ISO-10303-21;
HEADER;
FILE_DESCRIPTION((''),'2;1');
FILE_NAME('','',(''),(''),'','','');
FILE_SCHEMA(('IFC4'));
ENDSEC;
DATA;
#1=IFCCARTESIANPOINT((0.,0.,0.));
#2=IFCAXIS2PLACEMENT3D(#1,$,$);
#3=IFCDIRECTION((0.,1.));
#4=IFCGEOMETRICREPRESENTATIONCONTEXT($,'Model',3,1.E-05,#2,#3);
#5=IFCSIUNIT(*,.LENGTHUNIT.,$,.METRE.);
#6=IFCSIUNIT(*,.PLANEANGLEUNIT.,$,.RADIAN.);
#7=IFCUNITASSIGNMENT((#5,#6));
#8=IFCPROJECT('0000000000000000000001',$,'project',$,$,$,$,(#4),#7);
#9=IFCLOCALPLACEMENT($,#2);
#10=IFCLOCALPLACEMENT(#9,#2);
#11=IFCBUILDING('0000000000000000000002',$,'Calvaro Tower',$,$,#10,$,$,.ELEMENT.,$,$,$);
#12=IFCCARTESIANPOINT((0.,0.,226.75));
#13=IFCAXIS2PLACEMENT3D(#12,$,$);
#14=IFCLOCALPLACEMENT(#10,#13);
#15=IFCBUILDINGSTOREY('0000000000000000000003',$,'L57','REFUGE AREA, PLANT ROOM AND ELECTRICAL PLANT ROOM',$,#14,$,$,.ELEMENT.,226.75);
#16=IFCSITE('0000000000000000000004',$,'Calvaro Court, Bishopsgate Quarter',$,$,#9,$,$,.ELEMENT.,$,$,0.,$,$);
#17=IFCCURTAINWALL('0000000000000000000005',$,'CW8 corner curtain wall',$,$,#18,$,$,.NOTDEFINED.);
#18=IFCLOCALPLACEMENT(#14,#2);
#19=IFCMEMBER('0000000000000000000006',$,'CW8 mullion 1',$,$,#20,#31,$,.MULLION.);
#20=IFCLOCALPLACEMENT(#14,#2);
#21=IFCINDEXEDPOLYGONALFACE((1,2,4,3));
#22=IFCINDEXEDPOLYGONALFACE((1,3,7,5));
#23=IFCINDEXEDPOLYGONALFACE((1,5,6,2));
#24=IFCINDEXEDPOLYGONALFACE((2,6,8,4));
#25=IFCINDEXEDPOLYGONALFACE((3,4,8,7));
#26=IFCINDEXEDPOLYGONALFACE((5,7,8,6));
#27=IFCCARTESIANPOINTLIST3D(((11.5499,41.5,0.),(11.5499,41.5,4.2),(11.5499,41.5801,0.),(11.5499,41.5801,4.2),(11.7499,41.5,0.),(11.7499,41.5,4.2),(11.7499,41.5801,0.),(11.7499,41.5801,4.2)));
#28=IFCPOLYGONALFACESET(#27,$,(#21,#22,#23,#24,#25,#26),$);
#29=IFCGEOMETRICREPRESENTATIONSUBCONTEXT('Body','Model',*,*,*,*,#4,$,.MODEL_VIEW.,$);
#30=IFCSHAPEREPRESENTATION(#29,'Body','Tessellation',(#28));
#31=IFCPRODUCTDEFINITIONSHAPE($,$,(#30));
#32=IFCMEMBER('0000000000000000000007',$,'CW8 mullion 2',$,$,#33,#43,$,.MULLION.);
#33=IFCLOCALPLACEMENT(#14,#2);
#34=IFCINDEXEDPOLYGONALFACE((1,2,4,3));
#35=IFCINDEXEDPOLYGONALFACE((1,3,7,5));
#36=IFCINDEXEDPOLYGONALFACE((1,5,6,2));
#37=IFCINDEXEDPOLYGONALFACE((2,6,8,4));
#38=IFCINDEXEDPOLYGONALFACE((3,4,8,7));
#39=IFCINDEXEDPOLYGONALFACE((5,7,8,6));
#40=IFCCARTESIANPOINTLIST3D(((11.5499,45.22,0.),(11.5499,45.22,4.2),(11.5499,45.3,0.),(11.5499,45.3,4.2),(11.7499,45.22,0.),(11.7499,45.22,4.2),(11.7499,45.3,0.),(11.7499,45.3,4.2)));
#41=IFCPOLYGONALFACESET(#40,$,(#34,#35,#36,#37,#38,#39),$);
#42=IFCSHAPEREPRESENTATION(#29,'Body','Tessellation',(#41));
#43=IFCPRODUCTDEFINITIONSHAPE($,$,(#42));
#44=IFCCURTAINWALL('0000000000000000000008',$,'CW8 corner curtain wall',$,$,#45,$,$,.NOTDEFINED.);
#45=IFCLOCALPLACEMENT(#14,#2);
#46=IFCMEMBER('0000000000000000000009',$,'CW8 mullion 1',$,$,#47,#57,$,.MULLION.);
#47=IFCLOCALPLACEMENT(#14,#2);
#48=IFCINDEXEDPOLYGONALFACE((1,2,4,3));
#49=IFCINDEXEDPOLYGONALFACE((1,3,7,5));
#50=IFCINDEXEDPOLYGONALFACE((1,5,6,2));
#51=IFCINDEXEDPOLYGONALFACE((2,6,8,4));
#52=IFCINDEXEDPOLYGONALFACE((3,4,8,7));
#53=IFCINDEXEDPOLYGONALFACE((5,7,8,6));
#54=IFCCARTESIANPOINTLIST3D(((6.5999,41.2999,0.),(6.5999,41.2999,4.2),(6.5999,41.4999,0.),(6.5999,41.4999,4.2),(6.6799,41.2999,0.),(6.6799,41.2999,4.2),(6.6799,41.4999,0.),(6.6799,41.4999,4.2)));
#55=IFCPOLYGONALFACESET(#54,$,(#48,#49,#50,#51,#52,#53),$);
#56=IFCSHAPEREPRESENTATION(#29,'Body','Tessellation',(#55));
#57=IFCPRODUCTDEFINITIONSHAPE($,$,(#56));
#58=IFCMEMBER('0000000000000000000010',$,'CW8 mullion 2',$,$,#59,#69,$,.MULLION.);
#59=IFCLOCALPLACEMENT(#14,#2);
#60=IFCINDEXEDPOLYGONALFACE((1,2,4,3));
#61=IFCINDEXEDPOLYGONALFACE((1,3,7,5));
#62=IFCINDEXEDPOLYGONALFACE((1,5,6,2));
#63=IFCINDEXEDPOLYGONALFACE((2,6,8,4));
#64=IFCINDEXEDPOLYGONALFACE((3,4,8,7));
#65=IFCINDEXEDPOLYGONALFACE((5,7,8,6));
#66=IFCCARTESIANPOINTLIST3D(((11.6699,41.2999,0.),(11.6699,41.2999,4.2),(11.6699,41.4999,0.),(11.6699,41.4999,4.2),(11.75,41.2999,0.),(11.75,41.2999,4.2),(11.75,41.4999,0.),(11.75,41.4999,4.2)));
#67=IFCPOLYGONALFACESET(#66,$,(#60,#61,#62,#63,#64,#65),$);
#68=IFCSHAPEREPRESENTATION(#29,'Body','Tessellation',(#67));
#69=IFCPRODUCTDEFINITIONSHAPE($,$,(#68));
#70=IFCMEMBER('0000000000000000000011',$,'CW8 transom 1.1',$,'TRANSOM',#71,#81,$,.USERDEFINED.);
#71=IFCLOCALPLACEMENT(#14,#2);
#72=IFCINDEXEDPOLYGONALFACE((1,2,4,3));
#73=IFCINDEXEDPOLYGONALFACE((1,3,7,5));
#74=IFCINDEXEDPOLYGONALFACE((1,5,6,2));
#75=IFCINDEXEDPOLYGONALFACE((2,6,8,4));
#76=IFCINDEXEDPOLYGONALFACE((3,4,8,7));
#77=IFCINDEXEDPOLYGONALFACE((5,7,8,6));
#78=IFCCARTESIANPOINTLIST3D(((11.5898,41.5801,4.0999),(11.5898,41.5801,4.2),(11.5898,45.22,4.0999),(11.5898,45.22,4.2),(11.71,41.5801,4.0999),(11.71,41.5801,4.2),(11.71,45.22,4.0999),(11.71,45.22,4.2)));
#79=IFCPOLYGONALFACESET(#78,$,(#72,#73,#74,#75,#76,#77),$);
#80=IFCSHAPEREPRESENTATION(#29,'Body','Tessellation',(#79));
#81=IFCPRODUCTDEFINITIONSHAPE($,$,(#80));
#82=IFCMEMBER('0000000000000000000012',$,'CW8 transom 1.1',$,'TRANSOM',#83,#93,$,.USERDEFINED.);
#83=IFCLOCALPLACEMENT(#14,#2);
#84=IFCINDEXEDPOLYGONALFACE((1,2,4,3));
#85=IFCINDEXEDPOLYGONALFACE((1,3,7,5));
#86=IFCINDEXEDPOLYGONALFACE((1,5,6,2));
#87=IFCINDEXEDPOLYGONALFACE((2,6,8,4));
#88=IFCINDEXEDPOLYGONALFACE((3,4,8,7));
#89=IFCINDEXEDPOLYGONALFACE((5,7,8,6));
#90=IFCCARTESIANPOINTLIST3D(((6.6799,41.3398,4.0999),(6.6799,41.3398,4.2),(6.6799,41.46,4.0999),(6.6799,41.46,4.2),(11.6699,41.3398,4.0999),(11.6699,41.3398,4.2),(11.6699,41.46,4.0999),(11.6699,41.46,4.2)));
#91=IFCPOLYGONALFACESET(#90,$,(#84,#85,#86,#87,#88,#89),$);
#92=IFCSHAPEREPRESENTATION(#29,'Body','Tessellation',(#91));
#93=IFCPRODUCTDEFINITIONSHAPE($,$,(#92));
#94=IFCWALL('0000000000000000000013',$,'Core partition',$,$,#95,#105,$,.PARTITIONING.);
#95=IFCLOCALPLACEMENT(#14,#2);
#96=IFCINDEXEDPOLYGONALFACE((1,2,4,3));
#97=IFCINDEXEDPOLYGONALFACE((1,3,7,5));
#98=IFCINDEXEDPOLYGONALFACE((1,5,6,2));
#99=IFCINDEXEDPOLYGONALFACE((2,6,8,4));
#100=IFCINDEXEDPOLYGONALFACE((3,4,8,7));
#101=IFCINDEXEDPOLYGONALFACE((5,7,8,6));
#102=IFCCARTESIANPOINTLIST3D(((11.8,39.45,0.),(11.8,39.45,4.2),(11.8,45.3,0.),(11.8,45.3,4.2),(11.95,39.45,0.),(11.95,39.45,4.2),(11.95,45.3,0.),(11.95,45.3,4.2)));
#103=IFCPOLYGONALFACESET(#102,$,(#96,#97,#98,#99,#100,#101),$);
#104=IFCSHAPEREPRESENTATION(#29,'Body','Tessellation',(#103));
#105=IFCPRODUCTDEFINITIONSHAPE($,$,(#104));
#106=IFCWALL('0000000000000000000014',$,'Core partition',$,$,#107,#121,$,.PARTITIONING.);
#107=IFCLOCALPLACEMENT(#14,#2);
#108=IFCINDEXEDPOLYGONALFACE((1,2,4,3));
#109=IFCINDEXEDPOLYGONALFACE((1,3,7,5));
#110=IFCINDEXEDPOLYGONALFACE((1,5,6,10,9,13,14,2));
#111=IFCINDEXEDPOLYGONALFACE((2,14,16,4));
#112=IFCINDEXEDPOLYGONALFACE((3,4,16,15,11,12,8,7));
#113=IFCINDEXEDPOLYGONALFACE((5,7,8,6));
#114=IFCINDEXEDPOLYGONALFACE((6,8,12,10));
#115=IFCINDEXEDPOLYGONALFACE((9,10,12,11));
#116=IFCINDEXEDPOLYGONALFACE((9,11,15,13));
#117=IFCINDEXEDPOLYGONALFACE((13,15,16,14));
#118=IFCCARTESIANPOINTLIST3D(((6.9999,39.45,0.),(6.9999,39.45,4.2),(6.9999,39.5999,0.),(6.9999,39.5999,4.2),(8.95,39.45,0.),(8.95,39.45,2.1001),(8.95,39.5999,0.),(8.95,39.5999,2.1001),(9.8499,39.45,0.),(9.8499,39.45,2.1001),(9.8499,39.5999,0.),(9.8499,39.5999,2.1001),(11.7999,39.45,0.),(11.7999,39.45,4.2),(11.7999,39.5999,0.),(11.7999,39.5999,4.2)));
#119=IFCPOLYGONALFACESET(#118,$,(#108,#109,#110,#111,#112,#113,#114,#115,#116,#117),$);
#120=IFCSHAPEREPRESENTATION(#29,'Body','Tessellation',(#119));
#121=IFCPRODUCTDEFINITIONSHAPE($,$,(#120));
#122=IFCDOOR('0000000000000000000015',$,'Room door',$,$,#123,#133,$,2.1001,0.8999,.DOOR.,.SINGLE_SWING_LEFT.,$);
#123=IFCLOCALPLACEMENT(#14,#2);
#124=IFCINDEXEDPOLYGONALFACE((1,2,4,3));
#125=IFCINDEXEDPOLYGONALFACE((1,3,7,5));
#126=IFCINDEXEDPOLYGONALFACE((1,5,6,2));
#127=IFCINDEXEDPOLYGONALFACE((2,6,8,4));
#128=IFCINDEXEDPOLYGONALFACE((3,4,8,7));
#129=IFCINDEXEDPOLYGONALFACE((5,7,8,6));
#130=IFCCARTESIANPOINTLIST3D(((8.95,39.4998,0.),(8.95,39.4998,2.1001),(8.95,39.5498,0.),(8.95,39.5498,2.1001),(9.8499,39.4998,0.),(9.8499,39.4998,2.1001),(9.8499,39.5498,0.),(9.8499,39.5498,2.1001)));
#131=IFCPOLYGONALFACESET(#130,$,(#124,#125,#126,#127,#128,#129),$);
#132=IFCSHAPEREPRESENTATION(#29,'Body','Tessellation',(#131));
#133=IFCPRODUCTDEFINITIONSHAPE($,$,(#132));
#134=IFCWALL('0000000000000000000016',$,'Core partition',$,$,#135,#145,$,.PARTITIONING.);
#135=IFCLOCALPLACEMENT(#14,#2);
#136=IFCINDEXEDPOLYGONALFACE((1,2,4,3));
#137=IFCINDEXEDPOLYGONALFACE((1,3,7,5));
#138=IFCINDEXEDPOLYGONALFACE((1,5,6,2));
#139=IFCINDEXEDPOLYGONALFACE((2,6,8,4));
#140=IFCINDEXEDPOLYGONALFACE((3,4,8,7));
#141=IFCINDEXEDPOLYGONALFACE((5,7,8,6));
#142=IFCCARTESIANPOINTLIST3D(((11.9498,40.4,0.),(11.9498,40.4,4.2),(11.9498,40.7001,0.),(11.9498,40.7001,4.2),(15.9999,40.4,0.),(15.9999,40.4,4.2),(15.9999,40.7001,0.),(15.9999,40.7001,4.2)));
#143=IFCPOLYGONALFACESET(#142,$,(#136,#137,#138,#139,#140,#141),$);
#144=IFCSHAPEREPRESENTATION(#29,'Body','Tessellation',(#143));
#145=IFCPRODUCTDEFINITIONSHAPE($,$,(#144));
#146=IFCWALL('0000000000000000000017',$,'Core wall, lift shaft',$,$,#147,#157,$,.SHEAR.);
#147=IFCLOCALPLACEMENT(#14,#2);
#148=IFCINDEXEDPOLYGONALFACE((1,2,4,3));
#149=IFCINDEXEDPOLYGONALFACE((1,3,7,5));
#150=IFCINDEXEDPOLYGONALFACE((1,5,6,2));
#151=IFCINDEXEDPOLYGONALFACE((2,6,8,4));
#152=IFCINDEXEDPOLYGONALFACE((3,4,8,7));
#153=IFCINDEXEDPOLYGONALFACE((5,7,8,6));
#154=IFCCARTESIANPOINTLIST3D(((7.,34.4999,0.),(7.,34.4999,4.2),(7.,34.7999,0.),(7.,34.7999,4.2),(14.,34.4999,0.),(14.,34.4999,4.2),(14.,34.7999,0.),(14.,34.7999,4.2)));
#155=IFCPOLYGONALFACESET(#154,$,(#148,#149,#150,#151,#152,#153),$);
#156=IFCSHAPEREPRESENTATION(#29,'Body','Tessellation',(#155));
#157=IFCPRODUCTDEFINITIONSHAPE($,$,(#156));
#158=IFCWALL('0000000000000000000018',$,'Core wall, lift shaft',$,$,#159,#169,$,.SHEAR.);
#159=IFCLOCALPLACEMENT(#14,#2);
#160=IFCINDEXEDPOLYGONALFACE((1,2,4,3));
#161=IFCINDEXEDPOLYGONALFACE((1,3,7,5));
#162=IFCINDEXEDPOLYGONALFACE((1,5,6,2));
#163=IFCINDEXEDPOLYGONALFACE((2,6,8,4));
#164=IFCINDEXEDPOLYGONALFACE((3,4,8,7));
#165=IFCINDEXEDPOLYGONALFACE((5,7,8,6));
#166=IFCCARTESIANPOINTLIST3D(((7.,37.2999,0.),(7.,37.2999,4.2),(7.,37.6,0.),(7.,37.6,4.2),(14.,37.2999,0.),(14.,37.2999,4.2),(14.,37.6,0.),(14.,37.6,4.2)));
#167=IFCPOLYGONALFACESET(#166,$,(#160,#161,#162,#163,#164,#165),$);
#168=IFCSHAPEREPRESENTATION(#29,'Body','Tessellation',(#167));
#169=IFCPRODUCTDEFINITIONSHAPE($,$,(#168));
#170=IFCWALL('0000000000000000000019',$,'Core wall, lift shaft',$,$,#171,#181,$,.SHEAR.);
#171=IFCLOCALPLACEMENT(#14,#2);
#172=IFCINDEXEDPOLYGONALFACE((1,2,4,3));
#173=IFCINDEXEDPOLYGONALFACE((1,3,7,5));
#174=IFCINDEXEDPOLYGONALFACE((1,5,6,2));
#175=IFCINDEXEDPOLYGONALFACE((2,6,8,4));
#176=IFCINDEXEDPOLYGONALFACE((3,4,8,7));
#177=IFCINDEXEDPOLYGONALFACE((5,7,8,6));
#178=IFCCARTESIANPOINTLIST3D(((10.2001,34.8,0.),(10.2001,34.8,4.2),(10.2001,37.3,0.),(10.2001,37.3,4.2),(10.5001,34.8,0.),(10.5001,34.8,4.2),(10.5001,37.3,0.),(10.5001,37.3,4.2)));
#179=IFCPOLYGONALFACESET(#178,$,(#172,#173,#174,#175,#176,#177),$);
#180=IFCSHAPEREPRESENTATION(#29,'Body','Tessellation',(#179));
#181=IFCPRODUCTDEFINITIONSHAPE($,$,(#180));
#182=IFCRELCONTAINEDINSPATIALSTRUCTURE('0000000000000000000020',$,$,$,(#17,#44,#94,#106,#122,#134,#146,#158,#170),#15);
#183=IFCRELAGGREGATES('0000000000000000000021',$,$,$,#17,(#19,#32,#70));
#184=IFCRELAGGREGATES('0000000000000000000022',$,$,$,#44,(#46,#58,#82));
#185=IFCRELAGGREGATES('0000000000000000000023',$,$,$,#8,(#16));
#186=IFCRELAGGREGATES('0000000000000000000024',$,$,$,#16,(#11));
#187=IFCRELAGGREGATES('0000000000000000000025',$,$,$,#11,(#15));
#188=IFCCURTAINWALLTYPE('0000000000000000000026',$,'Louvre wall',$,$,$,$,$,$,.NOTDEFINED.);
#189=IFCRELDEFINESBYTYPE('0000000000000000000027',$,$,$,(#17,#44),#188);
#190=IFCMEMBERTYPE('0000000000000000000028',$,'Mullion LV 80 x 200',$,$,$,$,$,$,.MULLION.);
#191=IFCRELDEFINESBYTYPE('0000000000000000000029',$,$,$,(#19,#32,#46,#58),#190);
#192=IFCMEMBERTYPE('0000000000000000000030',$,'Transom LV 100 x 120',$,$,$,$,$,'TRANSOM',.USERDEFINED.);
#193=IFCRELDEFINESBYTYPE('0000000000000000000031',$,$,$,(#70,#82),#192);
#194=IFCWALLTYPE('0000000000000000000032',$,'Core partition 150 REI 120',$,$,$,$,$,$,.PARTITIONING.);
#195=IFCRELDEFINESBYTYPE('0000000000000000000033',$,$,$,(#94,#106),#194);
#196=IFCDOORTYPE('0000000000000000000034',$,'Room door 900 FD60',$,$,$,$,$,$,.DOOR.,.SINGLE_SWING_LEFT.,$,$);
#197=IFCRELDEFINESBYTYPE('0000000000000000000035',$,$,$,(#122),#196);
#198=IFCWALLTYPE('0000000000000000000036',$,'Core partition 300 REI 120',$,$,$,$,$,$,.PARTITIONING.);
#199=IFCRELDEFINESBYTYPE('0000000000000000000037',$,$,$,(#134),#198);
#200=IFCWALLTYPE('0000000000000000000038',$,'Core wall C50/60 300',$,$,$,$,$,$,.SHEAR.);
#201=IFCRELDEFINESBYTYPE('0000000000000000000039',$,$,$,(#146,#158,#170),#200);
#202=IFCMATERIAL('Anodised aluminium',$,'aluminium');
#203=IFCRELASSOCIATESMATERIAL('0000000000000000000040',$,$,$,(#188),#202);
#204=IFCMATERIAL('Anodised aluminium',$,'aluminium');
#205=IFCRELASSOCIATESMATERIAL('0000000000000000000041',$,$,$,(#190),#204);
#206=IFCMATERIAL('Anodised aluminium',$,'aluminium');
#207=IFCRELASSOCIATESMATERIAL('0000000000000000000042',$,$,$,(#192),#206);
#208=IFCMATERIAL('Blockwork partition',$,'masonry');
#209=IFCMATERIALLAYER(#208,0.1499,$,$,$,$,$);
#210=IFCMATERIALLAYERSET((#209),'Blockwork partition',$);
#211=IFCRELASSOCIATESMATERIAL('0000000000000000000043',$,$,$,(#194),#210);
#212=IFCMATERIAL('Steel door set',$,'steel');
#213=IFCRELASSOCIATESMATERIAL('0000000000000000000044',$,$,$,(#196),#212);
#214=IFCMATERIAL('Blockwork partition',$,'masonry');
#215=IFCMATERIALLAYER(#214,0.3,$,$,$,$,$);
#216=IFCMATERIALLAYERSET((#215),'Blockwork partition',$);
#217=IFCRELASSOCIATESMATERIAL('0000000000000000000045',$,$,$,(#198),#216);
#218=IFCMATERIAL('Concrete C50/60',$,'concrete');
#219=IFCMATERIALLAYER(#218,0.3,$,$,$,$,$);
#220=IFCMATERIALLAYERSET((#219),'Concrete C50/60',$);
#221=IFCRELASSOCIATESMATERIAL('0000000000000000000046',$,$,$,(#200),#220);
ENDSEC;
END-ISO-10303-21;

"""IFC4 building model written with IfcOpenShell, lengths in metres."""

from ifc_helpers import new_model, si_unit, direction, frame, frame_2d, origin, origin_2d, place, context, subcontext, project, spatial, rectangle, extrude, material, layer, layer_set, material_profile, profile_set, type_object, element, fill, aggregate, save


model = new_model("IFC4")

# Units and contexts
model_context = context("Model", 3, precision=1e-05, world=origin(), true_north=direction((0.0, 1.0)))
body_context = subcontext(model_context, "Body", "Model", "MODEL_VIEW")
ifc_project = project(units=[si_unit("LENGTHUNIT", "METRE"), si_unit("PLANEANGLEUNIT", "RADIAN")], contexts=[model_context])

# Site, building, storey
site_placement = place(None, origin())
site = spatial("IfcSite", under=ifc_project, at=site_placement, Name="Calvaro Court, Bishopsgate Quarter", CompositionType="ELEMENT", RefElevation=0.0)
building_placement = place(site_placement, origin())
building = spatial("IfcBuilding", under=site, at=building_placement, Name="Calvaro Tower", CompositionType="ELEMENT")
storey_placement = place(building_placement, frame((0.0, 0.0, 226.75)))
storey = spatial("IfcBuildingStorey", under=building, at=storey_placement, Name="L57", Description="REFUGE AREA, PLANT ROOM AND ELECTRICAL PLANT ROOM", CompositionType="ELEMENT", Elevation=226.75)

# Curtain walls, members
ifc_material_1 = material(Name="Anodised aluminium", Category="aluminium")
curtain_wall_type = type_object("IfcCurtainWallType", Name="Louvre wall", PredefinedType="NOTDEFINED", material=ifc_material_1)
curtain_wall_1_placement = place(storey_placement, origin())
curtain_wall_1 = element("IfcCurtainWall", 1, at=curtain_wall_1_placement, inside=storey, type_object=curtain_wall_type, Name="CW8 corner curtain wall", PredefinedType="NOTDEFINED")
ifc_material_2 = material(Name="Anodised aluminium", Category="aluminium")
ifc_material_profile_1 = material_profile(ifc_material_2, rectangle(XDim=0.2, YDim=0.0801, at=origin_2d()), Name="Mullion LV 80 x 200")
ifc_profile_set_1 = profile_set([ifc_material_profile_1], Name="Anodised aluminium")
member_type_1 = type_object("IfcMemberType", Name="Mullion LV 80 x 200", PredefinedType="MULLION", material=ifc_profile_set_1)
member_1_placement = place(storey_placement, frame((11.6499, 41.54, 0.0), z_axis=(0.0, 0.0, 1.0), x_axis=(-1.0, 0.0, 0.0)))
member_1 = element("IfcMember", 2, at=member_1_placement, type_object=member_type_1, Name="CW8 mullion 1", PredefinedType="MULLION", context=body_context, shape_type="SweptSolid", body=[
    extrude(rectangle(XDim=0.2, YDim=0.0801, at=origin_2d()), origin(), (0.0, 0.0, 1.0), 4.2),
])
member_2_placement = place(storey_placement, frame((11.6499, 45.26, 0.0), z_axis=(0.0, 0.0, 1.0), x_axis=(-1.0, 0.0, 0.0)))
member_2 = element("IfcMember", 3, at=member_2_placement, type_object=member_type_1, Name="CW8 mullion 2", PredefinedType="MULLION", context=body_context, shape_type="SweptSolid", body=[
    extrude(rectangle(XDim=0.2, YDim=0.0801, at=origin_2d()), origin(), (0.0, 0.0, 1.0), 4.2),
])
curtain_wall_2_placement = place(storey_placement, origin())
curtain_wall_2 = element("IfcCurtainWall", 4, at=curtain_wall_2_placement, inside=storey, type_object=curtain_wall_type, Name="CW8 corner curtain wall", PredefinedType="NOTDEFINED")
member_3_placement = place(storey_placement, frame((6.6399, 41.3999, 0.0), z_axis=(0.0, 0.0, 1.0), x_axis=(0.0, 1.0, 0.0)))
member_3 = element("IfcMember", 5, at=member_3_placement, type_object=member_type_1, Name="CW8 mullion 1", PredefinedType="MULLION", context=body_context, shape_type="SweptSolid", body=[
    extrude(rectangle(XDim=0.2, YDim=0.0801, at=origin_2d()), origin(), (0.0, 0.0, 1.0), 4.2),
])
member_4_placement = place(storey_placement, frame((11.71, 41.3999, 0.0), z_axis=(0.0, 0.0, 1.0), x_axis=(0.0, 1.0, 0.0)))
member_4 = element("IfcMember", 6, at=member_4_placement, type_object=member_type_1, Name="CW8 mullion 2", PredefinedType="MULLION", context=body_context, shape_type="SweptSolid", body=[
    extrude(rectangle(XDim=0.2, YDim=0.0801, at=origin_2d()), origin(), (0.0, 0.0, 1.0), 4.2),
])

# Members
ifc_material_3 = material(Name="Anodised aluminium", Category="aluminium")
ifc_material_profile_2 = material_profile(ifc_material_3, rectangle(XDim=0.1201, YDim=0.1001, at=origin_2d()), Name="Transom LV 100 x 120")
ifc_profile_set_2 = profile_set([ifc_material_profile_2], Name="Anodised aluminium")
member_type_2 = type_object("IfcMemberType", Name="Transom LV 100 x 120", ElementType="TRANSOM", PredefinedType="USERDEFINED", material=ifc_profile_set_2)
member_5_placement = place(storey_placement, frame((11.6499, 41.5801, 4.1499), z_axis=(0.0, 1.0, 0.0), x_axis=(-1.0, 0.0, 0.0)))
member_5 = element("IfcMember", 7, at=member_5_placement, type_object=member_type_2, Name="CW8 transom 1.1", ObjectType="TRANSOM", PredefinedType="USERDEFINED", context=body_context, shape_type="SweptSolid", body=[
    extrude(rectangle(XDim=0.1201, YDim=0.1001, at=origin_2d()), origin(), (0.0, 0.0, 1.0), 3.6399),
])
member_6_placement = place(storey_placement, frame((6.6799, 41.3999, 4.1499), z_axis=(1.0, 0.0, 0.0), x_axis=(0.0, 1.0, 0.0)))
member_6 = element("IfcMember", 8, at=member_6_placement, type_object=member_type_2, Name="CW8 transom 1.1", ObjectType="TRANSOM", PredefinedType="USERDEFINED", context=body_context, shape_type="SweptSolid", body=[
    extrude(rectangle(XDim=0.1201, YDim=0.1001, at=origin_2d()), origin(), (0.0, 0.0, 1.0), 4.99),
])

# Wall
ifc_material_4 = material(Name="Blockwork partition", Category="masonry")
ifc_layer_1 = layer(ifc_material_4, 0.1499)
ifc_layer_set_1 = layer_set([ifc_layer_1], Name="Blockwork partition")
wall_type_1 = type_object("IfcWallType", Name="Core partition 150 REI 120", PredefinedType="PARTITIONING", material=ifc_layer_set_1)
wall_1_placement = place(storey_placement, frame((11.875, 39.45, 0.0), z_axis=(0.0, 0.0, 1.0), x_axis=(0.0, 1.0, 0.0)))
element("IfcWall", 9, at=wall_1_placement, inside=storey, type_object=wall_type_1, Name="Core partition", PredefinedType="PARTITIONING", context=body_context, shape_type="SweptSolid", body=[
    extrude(rectangle(XDim=5.8501, YDim=0.1499, at=frame_2d((2.925, 0.0))), origin(), (0.0, 0.0, 1.0), 4.2),
])

# Wall, opening, door
wall_2_placement = place(storey_placement, frame((7.0, 39.5249, 0.0), z_axis=(0.0, 0.0, 1.0), x_axis=(1.0, 0.0, 0.0)))
wall_2 = element("IfcWall", 10, at=wall_2_placement, inside=storey, type_object=wall_type_1, Name="Core partition", PredefinedType="PARTITIONING", context=body_context, shape_type="SweptSolid", body=[
    extrude(rectangle(XDim=4.8, YDim=0.1499, at=frame_2d((2.3999, 0.0))), origin(), (0.0, 0.0, 1.0), 4.2),
])
opening_placement = place(wall_2_placement, frame((1.95, 0.0, 0.0)))
opening = element("IfcOpeningElement", 11, at=opening_placement, cuts=wall_2, PredefinedType="OPENING", context=body_context, shape_type="SweptSolid", body=[
    extrude(rectangle(XDim=0.8999, YDim=2.1001, at=frame_2d((0.45, 1.05))), frame((0.0, 0.085, 0.0), z_axis=(0.0, -1.0, 0.0), x_axis=(1.0, 0.0, 0.0)), (0.0, 0.0, 1.0), 0.1699),
])
ifc_material_5 = material(Name="Steel door set", Category="steel")
door_type = type_object("IfcDoorType", Name="Room door 900 FD60", OperationType="SINGLE_SWING_LEFT", PredefinedType="DOOR", material=ifc_material_5)
door_placement = place(opening_placement, origin())
door = element("IfcDoor", 12, at=door_placement, inside=storey, type_object=door_type, Name="Room door", OperationType="SINGLE_SWING_LEFT", OverallHeight=2.1001, OverallWidth=0.8999, PredefinedType="DOOR", context=body_context, shape_type="SweptSolid", body=[
    extrude(rectangle(XDim=0.8999, YDim=2.1001, at=frame_2d((0.45, 1.05))), frame((0.0, 0.0249, 0.0), z_axis=(0.0, -1.0, 0.0), x_axis=(1.0, 0.0, 0.0)), (0.0, 0.0, 1.0), 0.05),
])
fill(opening, door)

# Walls
ifc_material_6 = material(Name="Blockwork partition", Category="masonry")
ifc_layer_2 = layer(ifc_material_6, 0.3)
ifc_layer_set_2 = layer_set([ifc_layer_2], Name="Blockwork partition")
wall_type_2 = type_object("IfcWallType", Name="Core partition 300 REI 120", PredefinedType="PARTITIONING", material=ifc_layer_set_2)
wall_3_placement = place(storey_placement, frame((11.95, 40.55, 0.0), z_axis=(0.0, 0.0, 1.0), x_axis=(1.0, 0.0, 0.0)))
element("IfcWall", 13, at=wall_3_placement, inside=storey, type_object=wall_type_2, Name="Core partition", PredefinedType="PARTITIONING", context=body_context, shape_type="SweptSolid", body=[
    extrude(rectangle(XDim=4.05, YDim=0.3, at=frame_2d((2.0249, 0.0))), origin(), (0.0, 0.0, 1.0), 4.2),
])
ifc_material_7 = material(Name="Concrete C50/60", Category="concrete")
ifc_layer_3 = layer(ifc_material_7, 0.3)
ifc_layer_set_3 = layer_set([ifc_layer_3], Name="Concrete C50/60")
wall_type_3 = type_object("IfcWallType", Name="Core wall C50/60 300", PredefinedType="SHEAR", material=ifc_layer_set_3)
for number, where, z_axis, x_axis, name in (
    (14, (7.0, 34.6499, 0.0), (0.0, 0.0, 1.0), (1.0, 0.0, 0.0), "Core wall, lift shaft"),
    (15, (7.0, 37.45, 0.0), (0.0, 0.0, 1.0), (1.0, 0.0, 0.0), "Core wall, lift shaft"),
):
    element("IfcWall", number, at=place(storey_placement, frame(where, z_axis=z_axis, x_axis=x_axis)), inside=storey, type_object=wall_type_3, Name=name, PredefinedType="SHEAR", context=body_context, shape_type="SweptSolid", body=[
        extrude(rectangle(XDim=7.0, YDim=0.3, at=frame_2d((3.5, 0.0))), origin(), (0.0, 0.0, 1.0), 4.2),
    ])
wall_4_placement = place(storey_placement, frame((10.3501, 34.8, 0.0), z_axis=(0.0, 0.0, 1.0), x_axis=(0.0, 1.0, 0.0)))
element("IfcWall", 16, at=wall_4_placement, inside=storey, type_object=wall_type_3, Name="Core wall, lift shaft", PredefinedType="SHEAR", context=body_context, shape_type="SweptSolid", body=[
    extrude(rectangle(XDim=2.5, YDim=0.3, at=frame_2d((1.25, 0.0))), origin(), (0.0, 0.0, 1.0), 4.2),
])

aggregate(curtain_wall_1, [member_1, member_2, member_5])
aggregate(curtain_wall_2, [member_3, member_4, member_6])

save(model, "model.ifc")
